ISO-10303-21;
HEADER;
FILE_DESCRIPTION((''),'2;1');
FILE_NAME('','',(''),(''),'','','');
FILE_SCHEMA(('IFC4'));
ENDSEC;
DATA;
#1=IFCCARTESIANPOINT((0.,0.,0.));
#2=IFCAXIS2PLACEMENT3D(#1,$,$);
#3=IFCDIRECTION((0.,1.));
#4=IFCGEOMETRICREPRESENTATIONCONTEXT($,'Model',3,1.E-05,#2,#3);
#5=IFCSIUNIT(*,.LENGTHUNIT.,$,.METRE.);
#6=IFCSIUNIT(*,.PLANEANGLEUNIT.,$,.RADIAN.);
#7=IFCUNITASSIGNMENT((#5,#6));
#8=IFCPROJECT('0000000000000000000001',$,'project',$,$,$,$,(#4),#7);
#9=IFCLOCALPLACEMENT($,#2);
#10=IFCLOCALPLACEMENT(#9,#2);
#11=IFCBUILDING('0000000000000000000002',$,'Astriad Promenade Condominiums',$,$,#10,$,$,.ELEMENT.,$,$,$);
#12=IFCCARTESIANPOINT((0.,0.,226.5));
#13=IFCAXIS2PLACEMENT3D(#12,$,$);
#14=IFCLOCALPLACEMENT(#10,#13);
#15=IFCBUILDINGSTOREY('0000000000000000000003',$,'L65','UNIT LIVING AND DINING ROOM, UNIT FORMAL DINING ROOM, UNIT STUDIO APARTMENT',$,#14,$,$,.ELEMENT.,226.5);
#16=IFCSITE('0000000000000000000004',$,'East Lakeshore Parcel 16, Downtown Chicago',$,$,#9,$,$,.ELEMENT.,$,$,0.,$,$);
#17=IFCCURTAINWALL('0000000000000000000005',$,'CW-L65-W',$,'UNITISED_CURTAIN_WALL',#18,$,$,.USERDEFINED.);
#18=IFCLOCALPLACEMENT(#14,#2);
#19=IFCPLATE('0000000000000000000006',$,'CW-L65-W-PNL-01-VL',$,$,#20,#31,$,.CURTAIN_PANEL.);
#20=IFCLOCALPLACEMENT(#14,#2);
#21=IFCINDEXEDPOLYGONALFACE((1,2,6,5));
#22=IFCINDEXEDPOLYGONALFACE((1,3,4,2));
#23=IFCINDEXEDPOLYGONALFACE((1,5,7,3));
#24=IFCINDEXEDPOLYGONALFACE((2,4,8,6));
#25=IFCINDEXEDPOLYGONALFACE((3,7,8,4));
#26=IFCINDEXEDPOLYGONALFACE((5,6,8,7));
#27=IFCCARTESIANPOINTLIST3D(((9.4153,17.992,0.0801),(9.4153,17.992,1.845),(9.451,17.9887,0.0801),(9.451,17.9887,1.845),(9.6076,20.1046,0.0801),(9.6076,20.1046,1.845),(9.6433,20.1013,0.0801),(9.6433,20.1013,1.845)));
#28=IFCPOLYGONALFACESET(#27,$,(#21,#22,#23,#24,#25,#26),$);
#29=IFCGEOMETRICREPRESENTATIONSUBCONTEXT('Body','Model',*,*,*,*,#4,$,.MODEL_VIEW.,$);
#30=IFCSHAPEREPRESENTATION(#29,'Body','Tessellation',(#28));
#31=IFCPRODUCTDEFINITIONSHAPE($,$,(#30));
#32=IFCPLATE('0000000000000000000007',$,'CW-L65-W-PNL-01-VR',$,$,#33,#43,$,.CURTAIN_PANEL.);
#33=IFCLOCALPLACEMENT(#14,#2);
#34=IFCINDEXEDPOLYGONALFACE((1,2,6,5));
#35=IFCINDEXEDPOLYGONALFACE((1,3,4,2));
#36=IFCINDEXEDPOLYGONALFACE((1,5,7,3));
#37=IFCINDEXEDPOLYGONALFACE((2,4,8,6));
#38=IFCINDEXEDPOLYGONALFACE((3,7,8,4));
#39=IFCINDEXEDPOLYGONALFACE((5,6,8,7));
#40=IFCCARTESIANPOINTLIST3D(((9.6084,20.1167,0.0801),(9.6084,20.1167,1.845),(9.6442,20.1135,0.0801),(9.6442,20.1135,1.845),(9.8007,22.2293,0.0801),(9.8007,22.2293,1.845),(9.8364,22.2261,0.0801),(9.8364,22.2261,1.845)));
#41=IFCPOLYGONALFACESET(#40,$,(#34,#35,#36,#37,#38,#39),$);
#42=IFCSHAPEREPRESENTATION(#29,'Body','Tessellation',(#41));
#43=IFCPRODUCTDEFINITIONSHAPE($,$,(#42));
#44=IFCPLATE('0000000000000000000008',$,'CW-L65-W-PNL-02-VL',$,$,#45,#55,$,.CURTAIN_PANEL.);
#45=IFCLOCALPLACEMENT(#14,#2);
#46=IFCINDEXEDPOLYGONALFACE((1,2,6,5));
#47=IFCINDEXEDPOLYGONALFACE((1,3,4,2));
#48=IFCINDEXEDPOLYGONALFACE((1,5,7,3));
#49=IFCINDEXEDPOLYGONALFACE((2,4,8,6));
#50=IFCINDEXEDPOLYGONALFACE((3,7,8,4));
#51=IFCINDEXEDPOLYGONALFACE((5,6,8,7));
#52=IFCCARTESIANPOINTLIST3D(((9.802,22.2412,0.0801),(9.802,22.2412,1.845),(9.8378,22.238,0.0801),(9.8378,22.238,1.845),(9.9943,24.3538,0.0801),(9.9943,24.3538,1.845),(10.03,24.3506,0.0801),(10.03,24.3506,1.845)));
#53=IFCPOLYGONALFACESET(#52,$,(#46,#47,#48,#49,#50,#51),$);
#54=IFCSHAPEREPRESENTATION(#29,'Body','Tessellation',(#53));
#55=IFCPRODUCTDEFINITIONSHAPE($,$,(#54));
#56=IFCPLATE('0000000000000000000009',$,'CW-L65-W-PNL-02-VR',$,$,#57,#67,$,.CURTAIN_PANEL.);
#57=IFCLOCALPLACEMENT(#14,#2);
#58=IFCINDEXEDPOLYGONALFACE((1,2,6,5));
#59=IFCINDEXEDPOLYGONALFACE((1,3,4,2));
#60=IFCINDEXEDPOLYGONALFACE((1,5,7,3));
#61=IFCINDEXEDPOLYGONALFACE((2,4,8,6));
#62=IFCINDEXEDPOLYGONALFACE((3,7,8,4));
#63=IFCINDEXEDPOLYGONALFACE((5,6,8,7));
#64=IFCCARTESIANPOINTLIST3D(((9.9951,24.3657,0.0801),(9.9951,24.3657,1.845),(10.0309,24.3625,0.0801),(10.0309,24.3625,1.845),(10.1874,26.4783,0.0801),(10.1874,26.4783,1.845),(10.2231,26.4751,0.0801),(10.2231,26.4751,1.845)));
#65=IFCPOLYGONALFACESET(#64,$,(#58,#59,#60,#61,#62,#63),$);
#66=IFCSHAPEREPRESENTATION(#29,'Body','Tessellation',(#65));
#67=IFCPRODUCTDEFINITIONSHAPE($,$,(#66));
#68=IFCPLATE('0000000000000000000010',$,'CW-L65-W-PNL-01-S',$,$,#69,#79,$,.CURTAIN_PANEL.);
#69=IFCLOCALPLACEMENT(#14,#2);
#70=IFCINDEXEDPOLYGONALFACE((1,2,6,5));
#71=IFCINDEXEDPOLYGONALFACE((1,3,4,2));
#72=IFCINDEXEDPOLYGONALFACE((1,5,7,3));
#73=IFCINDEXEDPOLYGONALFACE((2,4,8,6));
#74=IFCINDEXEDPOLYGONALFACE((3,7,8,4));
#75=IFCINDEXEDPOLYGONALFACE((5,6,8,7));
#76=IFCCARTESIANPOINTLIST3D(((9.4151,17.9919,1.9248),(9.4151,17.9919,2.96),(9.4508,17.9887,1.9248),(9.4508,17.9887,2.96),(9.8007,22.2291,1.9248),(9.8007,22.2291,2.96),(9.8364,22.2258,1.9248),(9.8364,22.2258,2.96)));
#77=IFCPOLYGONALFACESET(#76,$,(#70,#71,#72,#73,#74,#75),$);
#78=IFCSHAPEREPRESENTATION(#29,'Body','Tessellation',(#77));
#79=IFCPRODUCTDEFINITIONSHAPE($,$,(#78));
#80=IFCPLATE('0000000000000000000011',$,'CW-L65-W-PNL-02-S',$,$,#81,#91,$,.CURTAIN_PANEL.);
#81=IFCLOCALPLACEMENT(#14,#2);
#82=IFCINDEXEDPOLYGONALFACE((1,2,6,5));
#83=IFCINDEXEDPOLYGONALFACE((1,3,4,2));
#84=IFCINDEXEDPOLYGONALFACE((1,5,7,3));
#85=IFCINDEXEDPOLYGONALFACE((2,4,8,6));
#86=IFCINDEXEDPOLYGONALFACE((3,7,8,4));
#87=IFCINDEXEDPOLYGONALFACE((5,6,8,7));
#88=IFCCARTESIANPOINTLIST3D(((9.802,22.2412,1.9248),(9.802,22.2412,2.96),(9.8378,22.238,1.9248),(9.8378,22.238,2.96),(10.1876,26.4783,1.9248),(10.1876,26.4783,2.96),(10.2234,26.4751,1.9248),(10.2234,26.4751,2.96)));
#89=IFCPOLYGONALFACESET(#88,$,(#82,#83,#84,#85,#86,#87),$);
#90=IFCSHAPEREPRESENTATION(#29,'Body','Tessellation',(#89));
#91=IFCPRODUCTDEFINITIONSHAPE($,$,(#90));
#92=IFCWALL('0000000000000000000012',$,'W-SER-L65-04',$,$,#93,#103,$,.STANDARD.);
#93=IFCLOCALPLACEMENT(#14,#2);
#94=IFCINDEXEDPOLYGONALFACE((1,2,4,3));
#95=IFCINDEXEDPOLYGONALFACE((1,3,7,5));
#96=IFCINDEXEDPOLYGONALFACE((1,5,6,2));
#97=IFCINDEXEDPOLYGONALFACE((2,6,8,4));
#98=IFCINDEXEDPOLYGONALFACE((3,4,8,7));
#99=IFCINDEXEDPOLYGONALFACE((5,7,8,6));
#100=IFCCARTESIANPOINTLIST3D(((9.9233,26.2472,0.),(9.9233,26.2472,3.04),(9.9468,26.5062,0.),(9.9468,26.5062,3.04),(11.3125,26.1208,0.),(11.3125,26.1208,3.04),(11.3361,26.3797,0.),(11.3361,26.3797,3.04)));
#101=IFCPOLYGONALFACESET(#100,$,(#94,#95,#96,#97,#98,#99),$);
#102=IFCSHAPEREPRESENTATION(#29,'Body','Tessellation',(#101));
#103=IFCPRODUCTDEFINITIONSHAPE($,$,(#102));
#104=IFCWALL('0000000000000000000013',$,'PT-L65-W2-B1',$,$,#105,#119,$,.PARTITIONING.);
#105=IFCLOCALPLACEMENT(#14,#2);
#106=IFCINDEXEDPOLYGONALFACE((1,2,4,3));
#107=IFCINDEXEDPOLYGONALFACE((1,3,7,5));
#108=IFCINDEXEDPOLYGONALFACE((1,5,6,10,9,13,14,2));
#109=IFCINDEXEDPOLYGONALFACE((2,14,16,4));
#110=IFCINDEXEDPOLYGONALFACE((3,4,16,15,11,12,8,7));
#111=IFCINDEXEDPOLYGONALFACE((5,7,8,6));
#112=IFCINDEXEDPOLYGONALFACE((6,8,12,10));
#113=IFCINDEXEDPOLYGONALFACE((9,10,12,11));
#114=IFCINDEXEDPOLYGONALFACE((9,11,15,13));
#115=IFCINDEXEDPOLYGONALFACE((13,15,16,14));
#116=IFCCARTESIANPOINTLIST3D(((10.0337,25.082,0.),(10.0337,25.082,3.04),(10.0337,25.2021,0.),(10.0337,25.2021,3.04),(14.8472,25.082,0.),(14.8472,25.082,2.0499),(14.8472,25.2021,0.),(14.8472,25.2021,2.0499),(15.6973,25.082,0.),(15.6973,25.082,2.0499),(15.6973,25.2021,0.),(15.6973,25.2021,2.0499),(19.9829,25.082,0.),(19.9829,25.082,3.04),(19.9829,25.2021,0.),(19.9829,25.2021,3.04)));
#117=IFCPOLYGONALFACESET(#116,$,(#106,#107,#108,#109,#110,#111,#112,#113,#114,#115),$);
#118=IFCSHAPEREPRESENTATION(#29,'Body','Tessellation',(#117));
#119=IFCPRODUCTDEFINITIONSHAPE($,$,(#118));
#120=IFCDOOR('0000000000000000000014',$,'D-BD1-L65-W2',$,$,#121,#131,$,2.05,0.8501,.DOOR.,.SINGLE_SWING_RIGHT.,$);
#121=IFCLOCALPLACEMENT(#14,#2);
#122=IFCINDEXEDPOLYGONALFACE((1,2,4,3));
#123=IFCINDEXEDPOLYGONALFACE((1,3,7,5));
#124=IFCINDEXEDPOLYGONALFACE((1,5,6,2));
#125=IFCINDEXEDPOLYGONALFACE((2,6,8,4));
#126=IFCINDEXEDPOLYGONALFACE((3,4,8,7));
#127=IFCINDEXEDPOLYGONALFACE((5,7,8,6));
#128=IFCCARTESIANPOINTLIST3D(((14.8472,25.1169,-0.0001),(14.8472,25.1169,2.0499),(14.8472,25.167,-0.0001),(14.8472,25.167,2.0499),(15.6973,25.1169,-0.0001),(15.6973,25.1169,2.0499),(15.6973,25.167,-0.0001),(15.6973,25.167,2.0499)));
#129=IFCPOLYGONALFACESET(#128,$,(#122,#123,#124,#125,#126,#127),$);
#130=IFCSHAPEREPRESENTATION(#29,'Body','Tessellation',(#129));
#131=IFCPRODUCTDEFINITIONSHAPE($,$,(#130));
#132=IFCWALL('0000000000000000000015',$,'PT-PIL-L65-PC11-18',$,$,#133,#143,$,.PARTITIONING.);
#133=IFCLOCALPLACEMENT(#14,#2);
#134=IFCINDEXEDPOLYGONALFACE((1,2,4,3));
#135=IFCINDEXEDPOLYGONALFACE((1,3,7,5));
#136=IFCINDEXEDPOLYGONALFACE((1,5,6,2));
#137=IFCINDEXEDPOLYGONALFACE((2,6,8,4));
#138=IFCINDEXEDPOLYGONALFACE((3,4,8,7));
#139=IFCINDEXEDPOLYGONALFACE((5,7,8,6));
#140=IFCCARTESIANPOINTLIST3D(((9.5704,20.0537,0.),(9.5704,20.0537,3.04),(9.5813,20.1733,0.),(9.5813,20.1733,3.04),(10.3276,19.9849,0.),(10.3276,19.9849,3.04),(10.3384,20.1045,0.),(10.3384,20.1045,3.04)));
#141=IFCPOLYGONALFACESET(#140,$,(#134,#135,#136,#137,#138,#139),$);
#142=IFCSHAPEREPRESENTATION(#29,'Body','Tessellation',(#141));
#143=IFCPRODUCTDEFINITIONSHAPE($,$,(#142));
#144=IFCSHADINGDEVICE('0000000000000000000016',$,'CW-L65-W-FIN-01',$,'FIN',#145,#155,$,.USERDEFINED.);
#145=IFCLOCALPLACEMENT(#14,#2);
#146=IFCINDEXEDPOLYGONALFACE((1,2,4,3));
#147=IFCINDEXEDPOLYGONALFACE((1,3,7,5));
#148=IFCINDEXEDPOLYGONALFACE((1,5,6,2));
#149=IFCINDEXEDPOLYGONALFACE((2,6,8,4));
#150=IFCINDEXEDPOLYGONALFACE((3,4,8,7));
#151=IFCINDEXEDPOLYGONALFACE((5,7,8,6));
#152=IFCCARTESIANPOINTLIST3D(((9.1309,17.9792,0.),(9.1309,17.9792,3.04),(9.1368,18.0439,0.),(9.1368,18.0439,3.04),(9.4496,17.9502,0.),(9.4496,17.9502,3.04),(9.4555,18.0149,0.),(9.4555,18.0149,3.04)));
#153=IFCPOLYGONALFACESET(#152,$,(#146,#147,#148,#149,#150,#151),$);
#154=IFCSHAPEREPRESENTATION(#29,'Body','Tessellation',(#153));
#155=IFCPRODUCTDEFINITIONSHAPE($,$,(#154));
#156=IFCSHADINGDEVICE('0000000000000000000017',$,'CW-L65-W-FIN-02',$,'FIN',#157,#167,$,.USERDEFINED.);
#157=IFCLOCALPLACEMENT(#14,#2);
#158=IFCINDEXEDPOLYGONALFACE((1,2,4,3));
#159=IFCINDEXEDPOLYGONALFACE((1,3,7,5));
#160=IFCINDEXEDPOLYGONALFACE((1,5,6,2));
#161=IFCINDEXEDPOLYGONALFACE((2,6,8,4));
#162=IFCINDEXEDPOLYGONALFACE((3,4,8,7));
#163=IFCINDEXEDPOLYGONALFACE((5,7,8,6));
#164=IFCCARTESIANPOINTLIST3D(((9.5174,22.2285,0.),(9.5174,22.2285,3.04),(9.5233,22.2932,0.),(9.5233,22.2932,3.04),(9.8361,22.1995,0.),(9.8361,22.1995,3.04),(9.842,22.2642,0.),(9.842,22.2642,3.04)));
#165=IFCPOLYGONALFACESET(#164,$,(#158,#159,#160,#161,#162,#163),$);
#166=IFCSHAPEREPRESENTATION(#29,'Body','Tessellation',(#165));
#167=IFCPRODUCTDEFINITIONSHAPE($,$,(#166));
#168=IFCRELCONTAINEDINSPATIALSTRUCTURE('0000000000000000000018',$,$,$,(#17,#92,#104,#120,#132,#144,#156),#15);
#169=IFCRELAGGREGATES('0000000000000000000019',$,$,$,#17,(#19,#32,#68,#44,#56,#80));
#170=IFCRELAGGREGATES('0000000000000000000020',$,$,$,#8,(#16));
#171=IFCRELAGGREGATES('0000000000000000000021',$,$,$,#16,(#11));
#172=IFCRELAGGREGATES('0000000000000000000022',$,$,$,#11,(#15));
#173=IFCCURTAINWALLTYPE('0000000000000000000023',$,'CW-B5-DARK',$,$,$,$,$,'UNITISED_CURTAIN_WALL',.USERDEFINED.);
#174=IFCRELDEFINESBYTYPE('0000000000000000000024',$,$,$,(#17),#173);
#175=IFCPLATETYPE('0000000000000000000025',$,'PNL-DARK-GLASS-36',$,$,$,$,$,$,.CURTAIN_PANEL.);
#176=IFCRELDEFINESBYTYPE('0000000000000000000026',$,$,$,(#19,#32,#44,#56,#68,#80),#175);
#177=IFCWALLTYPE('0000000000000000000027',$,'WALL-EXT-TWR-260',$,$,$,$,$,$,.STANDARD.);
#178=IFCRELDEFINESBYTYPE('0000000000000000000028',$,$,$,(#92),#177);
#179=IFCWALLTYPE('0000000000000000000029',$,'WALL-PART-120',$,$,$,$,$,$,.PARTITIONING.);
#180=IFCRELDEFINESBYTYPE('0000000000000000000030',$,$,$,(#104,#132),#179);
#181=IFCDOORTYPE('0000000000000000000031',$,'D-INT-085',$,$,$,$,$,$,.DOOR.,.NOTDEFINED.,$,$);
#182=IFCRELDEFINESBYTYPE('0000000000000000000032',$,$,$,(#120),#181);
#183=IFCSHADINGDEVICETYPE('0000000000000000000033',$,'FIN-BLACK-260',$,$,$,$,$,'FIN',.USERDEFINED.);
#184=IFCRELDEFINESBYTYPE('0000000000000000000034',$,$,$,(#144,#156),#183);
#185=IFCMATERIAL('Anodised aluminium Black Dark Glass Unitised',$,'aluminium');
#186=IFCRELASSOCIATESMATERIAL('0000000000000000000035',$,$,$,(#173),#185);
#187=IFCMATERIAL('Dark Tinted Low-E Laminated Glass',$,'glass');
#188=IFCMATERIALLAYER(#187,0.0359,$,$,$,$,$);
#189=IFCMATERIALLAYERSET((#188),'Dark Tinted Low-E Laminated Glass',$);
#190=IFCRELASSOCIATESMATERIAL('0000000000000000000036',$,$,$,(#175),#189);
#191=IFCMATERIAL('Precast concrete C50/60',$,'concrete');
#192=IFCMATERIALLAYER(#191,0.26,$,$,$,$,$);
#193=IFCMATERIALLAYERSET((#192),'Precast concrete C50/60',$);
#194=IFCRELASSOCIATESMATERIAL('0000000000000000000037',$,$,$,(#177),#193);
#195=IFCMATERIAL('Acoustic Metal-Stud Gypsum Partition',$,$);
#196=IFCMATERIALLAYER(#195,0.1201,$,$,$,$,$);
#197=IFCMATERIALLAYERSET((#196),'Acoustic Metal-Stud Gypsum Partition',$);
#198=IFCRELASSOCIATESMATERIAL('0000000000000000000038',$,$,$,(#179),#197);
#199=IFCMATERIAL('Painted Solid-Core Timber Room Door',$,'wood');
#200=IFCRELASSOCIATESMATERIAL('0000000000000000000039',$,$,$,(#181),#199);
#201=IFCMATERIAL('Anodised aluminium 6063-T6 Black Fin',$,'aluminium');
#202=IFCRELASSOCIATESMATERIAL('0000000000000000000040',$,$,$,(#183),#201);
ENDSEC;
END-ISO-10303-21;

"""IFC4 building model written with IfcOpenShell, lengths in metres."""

from ifc_helpers import new_model, si_unit, direction, frame, frame_2d, origin, origin_2d, place, context, subcontext, project, spatial, rectangle, extrude, source, transform, mapped, material, layer, layer_set, type_object, type_shapes, element, fill, aggregate, save


model = new_model("IFC4")

# Units and contexts
model_context = context("Model", 3, precision=1e-05, world=origin(), true_north=direction((0.0, 1.0)))
body_context = subcontext(model_context, "Body", "Model", "MODEL_VIEW")
ifc_project = project(units=[si_unit("LENGTHUNIT", "METRE"), si_unit("PLANEANGLEUNIT", "RADIAN")], contexts=[model_context])

# Site, building, storey
site_placement = place(None, origin())
site = spatial("IfcSite", under=ifc_project, at=site_placement, Name="East Lakeshore Parcel 16, Downtown Chicago", CompositionType="ELEMENT", RefElevation=0.0)
building_placement = place(site_placement, origin())
building = spatial("IfcBuilding", under=site, at=building_placement, Name="Astriad Promenade Condominiums", CompositionType="ELEMENT")
storey_placement = place(building_placement, frame((0.0, 0.0, 226.5)))
storey = spatial("IfcBuildingStorey", under=building, at=storey_placement, Name="L65", Description="UNIT LIVING AND DINING ROOM, UNIT FORMAL DINING ROOM, UNIT STUDIO APARTMENT", CompositionType="ELEMENT", Elevation=226.5)

# Curtain wall, plates
ifc_material_1 = material(Name="Anodised aluminium Black Dark Glass Unitised", Category="aluminium")
curtain_wall_type = type_object("IfcCurtainWallType", Name="CW-B5-DARK", ElementType="UNITISED_CURTAIN_WALL", PredefinedType="USERDEFINED", material=ifc_material_1)
curtain_wall_placement = place(storey_placement, origin())
curtain_wall = element("IfcCurtainWall", 1, at=curtain_wall_placement, inside=storey, type_object=curtain_wall_type, Name="CW-L65-W", ObjectType="UNITISED_CURTAIN_WALL", PredefinedType="USERDEFINED")
ifc_material_2 = material(Name="Dark Tinted Low-E Laminated Glass", Category="glass")
ifc_layer_1 = layer(ifc_material_2, 0.0359)
ifc_layer_set_1 = layer_set([ifc_layer_1], Name="Dark Tinted Low-E Laminated Glass")
plate_type = type_object("IfcPlateType", Name="PNL-DARK-GLASS-36", PredefinedType="CURTAIN_PANEL", material=ifc_layer_set_1)
shared_shape_1 = source(origin(), body_context, "Body", "SweptSolid", [
    extrude(rectangle(XDim=2.1213, YDim=0.0359, at=origin_2d()), origin(), (0.0, 0.0, 1.0), 1.7649),
])
plate_1_placement = place(storey_placement, frame((9.5293, 19.0466, 0.0801), z_axis=(0.0, 0.0, 1.0), x_axis=(0.090633, 0.995884, 0.0)))
plate_1 = element("IfcPlate", 2, at=plate_1_placement, type_object=plate_type, Name="CW-L65-W-PNL-01-VL", PredefinedType="CURTAIN_PANEL", context=body_context, shape_type="MappedRepresentation", body=[
    mapped(shared_shape_1, transform((0.0, 0.0, 0.0), scale=1.0)),
])
plate_2_placement = place(storey_placement, frame((9.7224, 21.1714, 0.0801), z_axis=(0.0, 0.0, 1.0), x_axis=(0.090633, 0.995884, 0.0)))
plate_2 = element("IfcPlate", 3, at=plate_2_placement, type_object=plate_type, Name="CW-L65-W-PNL-01-VR", PredefinedType="CURTAIN_PANEL", context=body_context, shape_type="MappedRepresentation", body=[
    mapped(shared_shape_1, transform((0.0, 0.0, 0.0), scale=1.0)),
])
plate_3_placement = place(storey_placement, frame((9.916, 23.2959, 0.0801), z_axis=(0.0, 0.0, 1.0), x_axis=(0.090633, 0.995884, 0.0)))
plate_3 = element("IfcPlate", 4, at=plate_3_placement, type_object=plate_type, Name="CW-L65-W-PNL-02-VL", PredefinedType="CURTAIN_PANEL", context=body_context, shape_type="MappedRepresentation", body=[
    mapped(shared_shape_1, transform((0.0, 0.0, 0.0), scale=1.0)),
])
plate_4_placement = place(storey_placement, frame((10.1091, 25.4204, 0.0801), z_axis=(0.0, 0.0, 1.0), x_axis=(0.090633, 0.995884, 0.0)))
plate_4 = element("IfcPlate", 5, at=plate_4_placement, type_object=plate_type, Name="CW-L65-W-PNL-02-VR", PredefinedType="CURTAIN_PANEL", context=body_context, shape_type="MappedRepresentation", body=[
    mapped(shared_shape_1, transform((0.0, 0.0, 0.0), scale=1.0)),
])
shared_shape_2 = source(origin(), body_context, "Body", "SweptSolid", [
    extrude(rectangle(XDim=4.2546, YDim=0.0359, at=origin_2d()), origin(), (0.0, 0.0, 1.0), 1.0352),
])
type_shapes(plate_type, [shared_shape_1, shared_shape_2])
plate_5_placement = place(storey_placement, frame((9.6257, 20.1089, 1.9248), z_axis=(0.0, 0.0, 1.0), x_axis=(0.090633, 0.995884, 0.0)))
plate_5 = element("IfcPlate", 6, at=plate_5_placement, type_object=plate_type, Name="CW-L65-W-PNL-01-S", PredefinedType="CURTAIN_PANEL", context=body_context, shape_type="MappedRepresentation", body=[
    mapped(shared_shape_2, transform((0.0, 0.0, 0.0), scale=1.0)),
])
plate_6_placement = place(storey_placement, frame((10.0127, 24.3582, 1.9248), z_axis=(0.0, 0.0, 1.0), x_axis=(0.090633, 0.995884, 0.0)))
plate_6 = element("IfcPlate", 7, at=plate_6_placement, type_object=plate_type, Name="CW-L65-W-PNL-02-S", PredefinedType="CURTAIN_PANEL", context=body_context, shape_type="MappedRepresentation", body=[
    mapped(shared_shape_2, transform((0.0, 0.0, 0.0), scale=1.0)),
])
aggregate(curtain_wall, [plate_1, plate_2, plate_5, plate_3, plate_4, plate_6])

# Wall
ifc_material_3 = material(Name="Precast concrete C50/60", Category="concrete")
ifc_layer_2 = layer(ifc_material_3, 0.26)
ifc_layer_set_2 = layer_set([ifc_layer_2], Name="Precast concrete C50/60")
wall_type_1 = type_object("IfcWallType", Name="WALL-EXT-TWR-260", PredefinedType="STANDARD", material=ifc_layer_set_2)
wall_1_placement = place(storey_placement, frame((9.9351, 26.3767, 0.0), z_axis=(0.0, 0.0, 1.0), x_axis=(0.995882, -0.090662, 0.0)))
element("IfcWall", 8, at=wall_1_placement, inside=storey, type_object=wall_type_1, Name="W-SER-L65-04", PredefinedType="STANDARD", context=body_context, shape_type="SweptSolid", body=[
    extrude(rectangle(XDim=1.395, YDim=0.26, at=frame_2d((0.6975, 0.0))), origin(), (0.0, 0.0, 1.0), 3.04),
])

# Wall, opening, door
ifc_material_4 = material(Name="Acoustic Metal-Stud Gypsum Partition")
ifc_layer_3 = layer(ifc_material_4, 0.1201)
ifc_layer_set_3 = layer_set([ifc_layer_3], Name="Acoustic Metal-Stud Gypsum Partition")
wall_type_2 = type_object("IfcWallType", Name="WALL-PART-120", PredefinedType="PARTITIONING", material=ifc_layer_set_3)
wall_2_placement = place(storey_placement, frame((10.0337, 25.1421, 0.0), z_axis=(0.0, 0.0, 1.0), x_axis=(1.0, 0.0, 0.0)))
wall_2 = element("IfcWall", 9, at=wall_2_placement, inside=storey, type_object=wall_type_2, Name="PT-L65-W2-B1", PredefinedType="PARTITIONING", context=body_context, shape_type="SweptSolid", body=[
    extrude(rectangle(XDim=9.9492, YDim=0.1201, at=frame_2d((4.9746, 0.0))), origin(), (0.0, 0.0, 1.0), 3.04),
])
opening_placement = place(wall_2_placement, frame((4.8135, 0.0, 0.0)))
opening = element("IfcOpeningElement", 10, at=opening_placement, cuts=wall_2, PredefinedType="OPENING", context=body_context, shape_type="SweptSolid", body=[
    extrude(rectangle(XDim=0.8501, YDim=2.05, at=frame_2d((0.425, 1.0249))), frame((0.0, 0.0701, 0.0), z_axis=(0.0, -1.0, 0.0), x_axis=(1.0, 0.0, 0.0)), (0.0, 0.0, 1.0), 0.1401),
])
ifc_material_5 = material(Name="Painted Solid-Core Timber Room Door", Category="wood")
door_type = type_object("IfcDoorType", Name="D-INT-085", OperationType="NOTDEFINED", PredefinedType="DOOR", material=ifc_material_5)
shared_shape_3 = source(origin(), body_context, "Body", "SweptSolid", [
    extrude(rectangle(XDim=0.8501, YDim=2.05, at=frame_2d((0.425, 1.0249))), frame((0.0, 0.0249, 0.0), z_axis=(0.0, -1.0, 0.0), x_axis=(1.0, 0.0, 0.0)), (0.0, 0.0, 1.0), 0.05),
])
type_shapes(door_type, [shared_shape_3])
door_placement = place(opening_placement, origin())
door = element("IfcDoor", 11, at=door_placement, inside=storey, type_object=door_type, Name="D-BD1-L65-W2", OperationType="SINGLE_SWING_RIGHT", OverallHeight=2.05, OverallWidth=0.8501, PredefinedType="DOOR", context=body_context, shape_type="MappedRepresentation", body=[
    mapped(shared_shape_3, transform((0.0, 0.0, 0.0), scale=1.0)),
])
fill(opening, door)

# Wall
wall_3_placement = place(storey_placement, frame((10.333, 20.0447, 0.0), z_axis=(0.0, 0.0, 1.0), x_axis=(-0.995891, 0.090565, 0.0)))
element("IfcWall", 12, at=wall_3_placement, inside=storey, type_object=wall_type_2, Name="PT-PIL-L65-PC11-18", PredefinedType="PARTITIONING", context=body_context, shape_type="SweptSolid", body=[
    extrude(rectangle(XDim=0.7603, YDim=0.1201, at=frame_2d((0.3801, 0.0))), origin(), (0.0, 0.0, 1.0), 3.04),
])

# Shading devices
ifc_material_6 = material(Name="Anodised aluminium 6063-T6 Black Fin", Category="aluminium")
shading_device_type = type_object("IfcShadingDeviceType", Name="FIN-BLACK-260", ElementType="FIN", PredefinedType="USERDEFINED", material=ifc_material_6)
shared_shape_4 = source(origin(), body_context, "Body", "SweptSolid", [
    extrude(rectangle(XDim=0.0649, YDim=0.3201, at=origin_2d()), origin(), (0.0, 0.0, 1.0), 3.04),
])
type_shapes(shading_device_type, [shared_shape_4])
for number, where, z_axis, x_axis, name in (
    (13, (9.2932, 17.9971, 0.0), (0.0, 0.0, 1.0), (0.090633, 0.995884, 0.0), "CW-L65-W-FIN-01"),
    (14, (9.6797, 22.2463, 0.0), (0.0, 0.0, 1.0), (0.090633, 0.995884, 0.0), "CW-L65-W-FIN-02"),
):
    element("IfcShadingDevice", number, at=place(storey_placement, frame(where, z_axis=z_axis, x_axis=x_axis)), inside=storey, type_object=shading_device_type, Name=name, ObjectType="FIN", PredefinedType="USERDEFINED", context=body_context, shape_type="MappedRepresentation", body=[
        mapped(shared_shape_4, transform((0.0, 0.0, 0.0), scale=1.0)),
    ])

save(model, "model.ifc")
